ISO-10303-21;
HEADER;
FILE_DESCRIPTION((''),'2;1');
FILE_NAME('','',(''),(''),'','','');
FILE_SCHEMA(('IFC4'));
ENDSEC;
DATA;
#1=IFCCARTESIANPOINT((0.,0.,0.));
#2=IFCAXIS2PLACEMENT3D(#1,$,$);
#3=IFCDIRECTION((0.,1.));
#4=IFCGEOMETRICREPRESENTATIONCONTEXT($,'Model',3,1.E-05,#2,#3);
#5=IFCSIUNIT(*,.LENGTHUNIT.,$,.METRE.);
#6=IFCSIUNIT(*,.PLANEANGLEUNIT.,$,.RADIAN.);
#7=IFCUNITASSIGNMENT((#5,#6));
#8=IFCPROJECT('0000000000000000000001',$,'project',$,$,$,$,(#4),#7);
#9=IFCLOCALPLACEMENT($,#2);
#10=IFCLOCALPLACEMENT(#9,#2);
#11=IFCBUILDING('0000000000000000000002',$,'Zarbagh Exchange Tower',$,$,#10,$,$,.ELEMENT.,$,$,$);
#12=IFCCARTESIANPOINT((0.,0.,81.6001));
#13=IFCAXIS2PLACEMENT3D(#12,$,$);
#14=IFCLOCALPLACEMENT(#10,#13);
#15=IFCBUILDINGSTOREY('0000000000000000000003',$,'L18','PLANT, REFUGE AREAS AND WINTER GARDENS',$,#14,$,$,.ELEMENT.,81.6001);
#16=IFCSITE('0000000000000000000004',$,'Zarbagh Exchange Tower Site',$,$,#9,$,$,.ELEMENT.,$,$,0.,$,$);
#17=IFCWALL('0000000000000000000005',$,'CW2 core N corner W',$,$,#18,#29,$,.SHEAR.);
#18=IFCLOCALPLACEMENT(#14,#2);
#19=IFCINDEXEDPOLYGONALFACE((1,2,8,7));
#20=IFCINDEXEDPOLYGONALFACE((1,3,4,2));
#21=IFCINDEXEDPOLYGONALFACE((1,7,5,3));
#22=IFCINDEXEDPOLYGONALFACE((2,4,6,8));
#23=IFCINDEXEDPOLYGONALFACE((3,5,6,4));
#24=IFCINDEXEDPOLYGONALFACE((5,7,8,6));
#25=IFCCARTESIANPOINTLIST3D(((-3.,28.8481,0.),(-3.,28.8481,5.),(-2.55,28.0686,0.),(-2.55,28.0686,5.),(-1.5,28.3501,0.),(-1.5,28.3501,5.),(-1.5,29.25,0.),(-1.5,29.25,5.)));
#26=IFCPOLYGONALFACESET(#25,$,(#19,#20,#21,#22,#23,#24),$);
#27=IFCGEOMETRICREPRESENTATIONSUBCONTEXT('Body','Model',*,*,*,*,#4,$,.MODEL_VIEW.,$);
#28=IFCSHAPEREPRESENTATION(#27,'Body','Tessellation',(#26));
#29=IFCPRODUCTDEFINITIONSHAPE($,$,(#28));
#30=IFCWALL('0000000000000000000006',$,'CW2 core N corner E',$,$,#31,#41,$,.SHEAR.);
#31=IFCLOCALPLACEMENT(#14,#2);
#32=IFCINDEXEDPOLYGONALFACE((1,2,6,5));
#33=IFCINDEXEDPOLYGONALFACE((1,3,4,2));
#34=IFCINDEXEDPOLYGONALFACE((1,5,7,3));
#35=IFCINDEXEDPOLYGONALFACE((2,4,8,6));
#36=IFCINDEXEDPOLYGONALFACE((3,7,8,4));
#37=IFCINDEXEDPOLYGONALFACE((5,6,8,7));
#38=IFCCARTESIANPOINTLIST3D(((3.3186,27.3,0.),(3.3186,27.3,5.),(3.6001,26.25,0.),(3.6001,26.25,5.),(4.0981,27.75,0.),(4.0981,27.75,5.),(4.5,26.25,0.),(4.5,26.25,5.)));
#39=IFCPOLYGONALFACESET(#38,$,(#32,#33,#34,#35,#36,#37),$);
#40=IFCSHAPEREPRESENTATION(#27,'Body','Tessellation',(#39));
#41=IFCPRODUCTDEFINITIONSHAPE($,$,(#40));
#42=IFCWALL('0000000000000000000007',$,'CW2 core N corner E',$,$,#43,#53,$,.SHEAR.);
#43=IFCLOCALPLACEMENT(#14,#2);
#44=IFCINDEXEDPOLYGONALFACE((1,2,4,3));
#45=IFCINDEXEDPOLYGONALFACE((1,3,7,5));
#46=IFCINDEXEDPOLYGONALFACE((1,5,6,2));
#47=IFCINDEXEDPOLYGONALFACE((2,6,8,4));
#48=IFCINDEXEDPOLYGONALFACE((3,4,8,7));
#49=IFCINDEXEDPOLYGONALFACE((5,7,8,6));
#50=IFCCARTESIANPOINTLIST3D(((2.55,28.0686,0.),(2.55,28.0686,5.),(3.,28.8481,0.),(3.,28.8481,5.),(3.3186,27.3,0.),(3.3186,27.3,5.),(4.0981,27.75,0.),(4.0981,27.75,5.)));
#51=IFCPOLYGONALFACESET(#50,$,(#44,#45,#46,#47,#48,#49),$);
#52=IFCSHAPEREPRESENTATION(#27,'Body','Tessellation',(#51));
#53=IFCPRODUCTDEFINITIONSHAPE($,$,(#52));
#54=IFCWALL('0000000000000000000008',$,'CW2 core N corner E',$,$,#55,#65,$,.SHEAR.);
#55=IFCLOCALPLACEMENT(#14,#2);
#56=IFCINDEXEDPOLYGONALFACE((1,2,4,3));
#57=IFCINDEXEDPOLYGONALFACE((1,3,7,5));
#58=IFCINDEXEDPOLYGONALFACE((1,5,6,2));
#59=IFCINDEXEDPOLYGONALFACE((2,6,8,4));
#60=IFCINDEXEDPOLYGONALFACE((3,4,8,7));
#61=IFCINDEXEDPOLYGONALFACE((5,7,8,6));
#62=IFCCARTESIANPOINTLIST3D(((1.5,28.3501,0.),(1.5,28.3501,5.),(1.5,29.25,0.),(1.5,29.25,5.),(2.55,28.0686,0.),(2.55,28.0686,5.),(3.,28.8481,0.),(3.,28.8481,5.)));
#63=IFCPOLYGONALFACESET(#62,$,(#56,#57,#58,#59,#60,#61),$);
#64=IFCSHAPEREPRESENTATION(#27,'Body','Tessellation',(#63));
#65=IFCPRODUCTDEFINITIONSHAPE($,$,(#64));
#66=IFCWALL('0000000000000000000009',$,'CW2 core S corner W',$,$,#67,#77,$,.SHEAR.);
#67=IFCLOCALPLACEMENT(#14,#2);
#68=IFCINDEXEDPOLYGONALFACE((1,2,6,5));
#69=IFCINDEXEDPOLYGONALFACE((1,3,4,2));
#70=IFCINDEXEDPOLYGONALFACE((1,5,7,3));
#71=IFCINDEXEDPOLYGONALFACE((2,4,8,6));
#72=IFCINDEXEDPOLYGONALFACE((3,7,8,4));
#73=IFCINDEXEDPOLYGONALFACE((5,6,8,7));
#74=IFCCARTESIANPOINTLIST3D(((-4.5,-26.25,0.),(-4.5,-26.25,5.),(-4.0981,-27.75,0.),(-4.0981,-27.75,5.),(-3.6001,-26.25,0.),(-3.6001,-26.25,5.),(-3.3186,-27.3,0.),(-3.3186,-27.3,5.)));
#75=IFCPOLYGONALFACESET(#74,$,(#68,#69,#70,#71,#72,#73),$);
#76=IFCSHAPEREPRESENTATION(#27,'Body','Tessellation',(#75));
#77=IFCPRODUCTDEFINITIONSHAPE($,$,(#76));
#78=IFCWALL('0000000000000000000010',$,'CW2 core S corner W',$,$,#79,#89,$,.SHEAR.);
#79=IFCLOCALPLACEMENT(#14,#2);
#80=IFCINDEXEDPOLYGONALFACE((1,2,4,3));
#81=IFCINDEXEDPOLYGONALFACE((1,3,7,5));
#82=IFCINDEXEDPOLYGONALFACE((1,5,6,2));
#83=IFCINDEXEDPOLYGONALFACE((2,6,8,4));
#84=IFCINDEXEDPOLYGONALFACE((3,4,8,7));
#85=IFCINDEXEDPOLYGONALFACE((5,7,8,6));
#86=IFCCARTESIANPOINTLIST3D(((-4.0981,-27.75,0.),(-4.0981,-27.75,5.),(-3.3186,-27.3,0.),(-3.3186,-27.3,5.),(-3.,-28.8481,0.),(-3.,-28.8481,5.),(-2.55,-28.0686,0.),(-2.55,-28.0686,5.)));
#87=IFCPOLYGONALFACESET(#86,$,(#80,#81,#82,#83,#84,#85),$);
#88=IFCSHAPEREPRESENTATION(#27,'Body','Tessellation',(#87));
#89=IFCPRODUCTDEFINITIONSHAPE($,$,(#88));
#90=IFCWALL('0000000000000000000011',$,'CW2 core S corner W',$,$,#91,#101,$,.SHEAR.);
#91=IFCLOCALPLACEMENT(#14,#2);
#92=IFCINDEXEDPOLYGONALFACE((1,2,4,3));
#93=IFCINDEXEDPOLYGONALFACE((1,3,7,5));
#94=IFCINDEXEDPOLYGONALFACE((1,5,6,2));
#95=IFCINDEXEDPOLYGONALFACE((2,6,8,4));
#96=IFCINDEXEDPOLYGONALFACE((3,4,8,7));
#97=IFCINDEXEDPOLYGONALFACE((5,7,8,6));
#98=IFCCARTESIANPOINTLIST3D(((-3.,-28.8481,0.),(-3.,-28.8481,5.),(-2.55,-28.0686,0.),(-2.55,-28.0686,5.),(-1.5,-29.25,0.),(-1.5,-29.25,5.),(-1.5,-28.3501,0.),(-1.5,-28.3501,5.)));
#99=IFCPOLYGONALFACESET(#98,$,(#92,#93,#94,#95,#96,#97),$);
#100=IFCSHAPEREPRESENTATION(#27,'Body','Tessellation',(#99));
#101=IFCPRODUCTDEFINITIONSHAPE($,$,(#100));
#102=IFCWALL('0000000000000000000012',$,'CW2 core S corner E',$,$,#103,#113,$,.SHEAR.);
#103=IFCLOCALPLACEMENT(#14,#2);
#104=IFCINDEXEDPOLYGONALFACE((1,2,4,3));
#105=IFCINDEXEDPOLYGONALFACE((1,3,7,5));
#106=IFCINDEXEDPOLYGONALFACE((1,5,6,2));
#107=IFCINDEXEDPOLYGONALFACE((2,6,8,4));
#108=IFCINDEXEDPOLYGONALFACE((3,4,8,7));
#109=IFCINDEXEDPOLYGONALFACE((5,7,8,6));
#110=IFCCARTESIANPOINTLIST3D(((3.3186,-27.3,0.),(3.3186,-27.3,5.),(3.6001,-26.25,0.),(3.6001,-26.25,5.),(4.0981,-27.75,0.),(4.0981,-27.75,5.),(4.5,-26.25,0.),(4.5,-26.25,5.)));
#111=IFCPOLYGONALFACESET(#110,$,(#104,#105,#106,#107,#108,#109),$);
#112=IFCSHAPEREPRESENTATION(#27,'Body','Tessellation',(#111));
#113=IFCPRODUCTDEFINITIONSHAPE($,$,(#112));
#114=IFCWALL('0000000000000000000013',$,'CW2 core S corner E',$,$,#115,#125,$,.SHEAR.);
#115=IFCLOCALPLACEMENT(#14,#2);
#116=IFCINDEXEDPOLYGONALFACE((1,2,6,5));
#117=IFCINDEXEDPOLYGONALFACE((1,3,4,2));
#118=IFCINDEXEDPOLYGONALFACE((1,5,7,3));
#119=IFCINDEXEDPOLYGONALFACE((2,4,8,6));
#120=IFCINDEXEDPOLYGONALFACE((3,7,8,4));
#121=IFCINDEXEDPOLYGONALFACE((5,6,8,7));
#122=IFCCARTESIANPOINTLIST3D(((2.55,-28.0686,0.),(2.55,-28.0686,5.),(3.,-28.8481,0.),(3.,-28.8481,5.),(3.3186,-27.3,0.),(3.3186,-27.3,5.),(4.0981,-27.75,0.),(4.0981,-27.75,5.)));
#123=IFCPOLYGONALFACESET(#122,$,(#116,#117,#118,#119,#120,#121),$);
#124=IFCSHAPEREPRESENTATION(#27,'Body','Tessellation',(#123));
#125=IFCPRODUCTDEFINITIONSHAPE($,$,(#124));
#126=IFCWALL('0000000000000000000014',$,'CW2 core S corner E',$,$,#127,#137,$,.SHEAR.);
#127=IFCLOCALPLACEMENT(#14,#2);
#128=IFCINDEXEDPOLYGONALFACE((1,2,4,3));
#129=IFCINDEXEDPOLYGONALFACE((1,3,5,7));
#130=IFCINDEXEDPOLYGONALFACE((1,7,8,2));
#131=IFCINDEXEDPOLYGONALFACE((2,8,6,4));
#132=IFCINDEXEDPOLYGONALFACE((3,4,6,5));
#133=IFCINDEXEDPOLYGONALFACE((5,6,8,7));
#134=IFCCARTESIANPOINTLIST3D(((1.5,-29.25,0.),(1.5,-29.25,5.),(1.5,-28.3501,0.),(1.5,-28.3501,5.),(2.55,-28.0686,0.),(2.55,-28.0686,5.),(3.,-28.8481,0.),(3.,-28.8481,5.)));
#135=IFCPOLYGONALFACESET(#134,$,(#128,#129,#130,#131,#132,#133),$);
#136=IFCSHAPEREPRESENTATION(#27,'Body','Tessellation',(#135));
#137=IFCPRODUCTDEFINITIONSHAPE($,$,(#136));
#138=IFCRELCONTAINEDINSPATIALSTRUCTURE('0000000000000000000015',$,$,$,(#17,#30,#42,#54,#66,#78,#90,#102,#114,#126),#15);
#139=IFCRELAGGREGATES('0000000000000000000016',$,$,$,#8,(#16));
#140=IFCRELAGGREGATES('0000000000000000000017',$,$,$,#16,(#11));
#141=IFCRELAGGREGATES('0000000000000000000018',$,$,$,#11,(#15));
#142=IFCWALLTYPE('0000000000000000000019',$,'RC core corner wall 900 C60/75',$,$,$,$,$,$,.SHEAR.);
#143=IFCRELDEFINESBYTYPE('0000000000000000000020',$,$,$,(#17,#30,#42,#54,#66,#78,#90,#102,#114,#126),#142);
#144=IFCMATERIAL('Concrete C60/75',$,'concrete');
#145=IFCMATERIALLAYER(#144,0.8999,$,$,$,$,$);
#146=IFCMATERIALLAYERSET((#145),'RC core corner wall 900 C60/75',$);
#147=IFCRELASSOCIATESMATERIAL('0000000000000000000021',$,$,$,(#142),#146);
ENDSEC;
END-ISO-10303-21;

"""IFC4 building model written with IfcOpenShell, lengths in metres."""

from ifc_helpers import new_model, si_unit, direction, frame, origin, place, context, subcontext, project, spatial, polyline, outline, extrude, material, layer, layer_set, type_object, element, save


model = new_model("IFC4")

# Units and contexts
model_context = context("Model", 3, precision=1e-05, world=origin(), true_north=direction((0.0, 1.0)))
body_context = subcontext(model_context, "Body", "Model", "MODEL_VIEW")
ifc_project = project(units=[si_unit("LENGTHUNIT", "METRE"), si_unit("PLANEANGLEUNIT", "RADIAN")], contexts=[model_context])

# Site, building, storey
site_placement = place(None, origin())
site = spatial("IfcSite", under=ifc_project, at=site_placement, Name="Zarbagh Exchange Tower Site", CompositionType="ELEMENT", RefElevation=0.0)
building_placement = place(site_placement, origin())
building = spatial("IfcBuilding", under=site, at=building_placement, Name="Zarbagh Exchange Tower", CompositionType="ELEMENT")
storey_placement = place(building_placement, frame((0.0, 0.0, 81.6001)))
storey = spatial("IfcBuildingStorey", under=building, at=storey_placement, Name="L18", Description="PLANT, REFUGE AREAS AND WINTER GARDENS", CompositionType="ELEMENT", Elevation=81.6001)

# Walls
ifc_material_1 = material(Name="Concrete C60/75", Category="concrete")
ifc_layer_1 = layer(ifc_material_1, 0.8999)
ifc_layer_set_1 = layer_set([ifc_layer_1], Name="RC core corner wall 900 C60/75")
wall_type_1 = type_object("IfcWallType", Name="RC core corner wall 900 C60/75", PredefinedType="SHEAR", material=ifc_layer_set_1)
wall_1_placement = place(storey_placement, origin())
element("IfcWall", 1, at=wall_1_placement, inside=storey, type_object=wall_type_1, Name="CW2 core N corner W", PredefinedType="SHEAR", context=body_context, shape_type="SweptSolid", body=[
    extrude(outline(polyline([(-3.0, 28.8481), (-1.5, 29.25), (-1.5, 28.3501), (-2.55, 28.0686), (-3.0, 28.8481)])), origin(), (0.0, 0.0, 1.0), 5.0),
])
wall_2_placement = place(storey_placement, origin())
element("IfcWall", 2, at=wall_2_placement, inside=storey, type_object=wall_type_1, Name="CW2 core N corner E", PredefinedType="SHEAR", context=body_context, shape_type="SweptSolid", body=[
    extrude(outline(polyline([(4.5, 26.25), (4.0981, 27.75), (3.3186, 27.3), (3.6001, 26.25), (4.5, 26.25)])), origin(), (0.0, 0.0, 1.0), 5.0),
])
wall_3_placement = place(storey_placement, origin())
element("IfcWall", 3, at=wall_3_placement, inside=storey, type_object=wall_type_1, Name="CW2 core N corner E", PredefinedType="SHEAR", context=body_context, shape_type="SweptSolid", body=[
    extrude(outline(polyline([(4.0981, 27.75), (3.0, 28.8481), (2.55, 28.0686), (3.3186, 27.3), (4.0981, 27.75)])), origin(), (0.0, 0.0, 1.0), 5.0),
])
wall_4_placement = place(storey_placement, origin())
element("IfcWall", 4, at=wall_4_placement, inside=storey, type_object=wall_type_1, Name="CW2 core N corner E", PredefinedType="SHEAR", context=body_context, shape_type="SweptSolid", body=[
    extrude(outline(polyline([(3.0, 28.8481), (1.5, 29.25), (1.5, 28.3501), (2.55, 28.0686), (3.0, 28.8481)])), origin(), (0.0, 0.0, 1.0), 5.0),
])
wall_5_placement = place(storey_placement, origin())
element("IfcWall", 5, at=wall_5_placement, inside=storey, type_object=wall_type_1, Name="CW2 core S corner W", PredefinedType="SHEAR", context=body_context, shape_type="SweptSolid", body=[
    extrude(outline(polyline([(-4.5, -26.25), (-4.0981, -27.75), (-3.3186, -27.3), (-3.6001, -26.25), (-4.5, -26.25)])), origin(), (0.0, 0.0, 1.0), 5.0),
])
wall_6_placement = place(storey_placement, origin())
element("IfcWall", 6, at=wall_6_placement, inside=storey, type_object=wall_type_1, Name="CW2 core S corner W", PredefinedType="SHEAR", context=body_context, shape_type="SweptSolid", body=[
    extrude(outline(polyline([(-4.0981, -27.75), (-3.0, -28.8481), (-2.55, -28.0686), (-3.3186, -27.3), (-4.0981, -27.75)])), origin(), (0.0, 0.0, 1.0), 5.0),
])
wall_7_placement = place(storey_placement, origin())
element("IfcWall", 7, at=wall_7_placement, inside=storey, type_object=wall_type_1, Name="CW2 core S corner W", PredefinedType="SHEAR", context=body_context, shape_type="SweptSolid", body=[
    extrude(outline(polyline([(-3.0, -28.8481), (-1.5, -29.25), (-1.5, -28.3501), (-2.55, -28.0686), (-3.0, -28.8481)])), origin(), (0.0, 0.0, 1.0), 5.0),
])
wall_8_placement = place(storey_placement, origin())
element("IfcWall", 8, at=wall_8_placement, inside=storey, type_object=wall_type_1, Name="CW2 core S corner E", PredefinedType="SHEAR", context=body_context, shape_type="SweptSolid", body=[
    extrude(outline(polyline([(4.5, -26.25), (4.0981, -27.75), (3.3186, -27.3), (3.6001, -26.25), (4.5, -26.25)])), origin(), (0.0, 0.0, 1.0), 5.0),
])
wall_9_placement = place(storey_placement, origin())
element("IfcWall", 9, at=wall_9_placement, inside=storey, type_object=wall_type_1, Name="CW2 core S corner E", PredefinedType="SHEAR", context=body_context, shape_type="SweptSolid", body=[
    extrude(outline(polyline([(4.0981, -27.75), (3.0, -28.8481), (2.55, -28.0686), (3.3186, -27.3), (4.0981, -27.75)])), origin(), (0.0, 0.0, 1.0), 5.0),
])
wall_10_placement = place(storey_placement, origin())
element("IfcWall", 10, at=wall_10_placement, inside=storey, type_object=wall_type_1, Name="CW2 core S corner E", PredefinedType="SHEAR", context=body_context, shape_type="SweptSolid", body=[
    extrude(outline(polyline([(3.0, -28.8481), (1.5, -29.25), (1.5, -28.3501), (2.55, -28.0686), (3.0, -28.8481)])), origin(), (0.0, 0.0, 1.0), 5.0),
])

save(model, "model.ifc")
